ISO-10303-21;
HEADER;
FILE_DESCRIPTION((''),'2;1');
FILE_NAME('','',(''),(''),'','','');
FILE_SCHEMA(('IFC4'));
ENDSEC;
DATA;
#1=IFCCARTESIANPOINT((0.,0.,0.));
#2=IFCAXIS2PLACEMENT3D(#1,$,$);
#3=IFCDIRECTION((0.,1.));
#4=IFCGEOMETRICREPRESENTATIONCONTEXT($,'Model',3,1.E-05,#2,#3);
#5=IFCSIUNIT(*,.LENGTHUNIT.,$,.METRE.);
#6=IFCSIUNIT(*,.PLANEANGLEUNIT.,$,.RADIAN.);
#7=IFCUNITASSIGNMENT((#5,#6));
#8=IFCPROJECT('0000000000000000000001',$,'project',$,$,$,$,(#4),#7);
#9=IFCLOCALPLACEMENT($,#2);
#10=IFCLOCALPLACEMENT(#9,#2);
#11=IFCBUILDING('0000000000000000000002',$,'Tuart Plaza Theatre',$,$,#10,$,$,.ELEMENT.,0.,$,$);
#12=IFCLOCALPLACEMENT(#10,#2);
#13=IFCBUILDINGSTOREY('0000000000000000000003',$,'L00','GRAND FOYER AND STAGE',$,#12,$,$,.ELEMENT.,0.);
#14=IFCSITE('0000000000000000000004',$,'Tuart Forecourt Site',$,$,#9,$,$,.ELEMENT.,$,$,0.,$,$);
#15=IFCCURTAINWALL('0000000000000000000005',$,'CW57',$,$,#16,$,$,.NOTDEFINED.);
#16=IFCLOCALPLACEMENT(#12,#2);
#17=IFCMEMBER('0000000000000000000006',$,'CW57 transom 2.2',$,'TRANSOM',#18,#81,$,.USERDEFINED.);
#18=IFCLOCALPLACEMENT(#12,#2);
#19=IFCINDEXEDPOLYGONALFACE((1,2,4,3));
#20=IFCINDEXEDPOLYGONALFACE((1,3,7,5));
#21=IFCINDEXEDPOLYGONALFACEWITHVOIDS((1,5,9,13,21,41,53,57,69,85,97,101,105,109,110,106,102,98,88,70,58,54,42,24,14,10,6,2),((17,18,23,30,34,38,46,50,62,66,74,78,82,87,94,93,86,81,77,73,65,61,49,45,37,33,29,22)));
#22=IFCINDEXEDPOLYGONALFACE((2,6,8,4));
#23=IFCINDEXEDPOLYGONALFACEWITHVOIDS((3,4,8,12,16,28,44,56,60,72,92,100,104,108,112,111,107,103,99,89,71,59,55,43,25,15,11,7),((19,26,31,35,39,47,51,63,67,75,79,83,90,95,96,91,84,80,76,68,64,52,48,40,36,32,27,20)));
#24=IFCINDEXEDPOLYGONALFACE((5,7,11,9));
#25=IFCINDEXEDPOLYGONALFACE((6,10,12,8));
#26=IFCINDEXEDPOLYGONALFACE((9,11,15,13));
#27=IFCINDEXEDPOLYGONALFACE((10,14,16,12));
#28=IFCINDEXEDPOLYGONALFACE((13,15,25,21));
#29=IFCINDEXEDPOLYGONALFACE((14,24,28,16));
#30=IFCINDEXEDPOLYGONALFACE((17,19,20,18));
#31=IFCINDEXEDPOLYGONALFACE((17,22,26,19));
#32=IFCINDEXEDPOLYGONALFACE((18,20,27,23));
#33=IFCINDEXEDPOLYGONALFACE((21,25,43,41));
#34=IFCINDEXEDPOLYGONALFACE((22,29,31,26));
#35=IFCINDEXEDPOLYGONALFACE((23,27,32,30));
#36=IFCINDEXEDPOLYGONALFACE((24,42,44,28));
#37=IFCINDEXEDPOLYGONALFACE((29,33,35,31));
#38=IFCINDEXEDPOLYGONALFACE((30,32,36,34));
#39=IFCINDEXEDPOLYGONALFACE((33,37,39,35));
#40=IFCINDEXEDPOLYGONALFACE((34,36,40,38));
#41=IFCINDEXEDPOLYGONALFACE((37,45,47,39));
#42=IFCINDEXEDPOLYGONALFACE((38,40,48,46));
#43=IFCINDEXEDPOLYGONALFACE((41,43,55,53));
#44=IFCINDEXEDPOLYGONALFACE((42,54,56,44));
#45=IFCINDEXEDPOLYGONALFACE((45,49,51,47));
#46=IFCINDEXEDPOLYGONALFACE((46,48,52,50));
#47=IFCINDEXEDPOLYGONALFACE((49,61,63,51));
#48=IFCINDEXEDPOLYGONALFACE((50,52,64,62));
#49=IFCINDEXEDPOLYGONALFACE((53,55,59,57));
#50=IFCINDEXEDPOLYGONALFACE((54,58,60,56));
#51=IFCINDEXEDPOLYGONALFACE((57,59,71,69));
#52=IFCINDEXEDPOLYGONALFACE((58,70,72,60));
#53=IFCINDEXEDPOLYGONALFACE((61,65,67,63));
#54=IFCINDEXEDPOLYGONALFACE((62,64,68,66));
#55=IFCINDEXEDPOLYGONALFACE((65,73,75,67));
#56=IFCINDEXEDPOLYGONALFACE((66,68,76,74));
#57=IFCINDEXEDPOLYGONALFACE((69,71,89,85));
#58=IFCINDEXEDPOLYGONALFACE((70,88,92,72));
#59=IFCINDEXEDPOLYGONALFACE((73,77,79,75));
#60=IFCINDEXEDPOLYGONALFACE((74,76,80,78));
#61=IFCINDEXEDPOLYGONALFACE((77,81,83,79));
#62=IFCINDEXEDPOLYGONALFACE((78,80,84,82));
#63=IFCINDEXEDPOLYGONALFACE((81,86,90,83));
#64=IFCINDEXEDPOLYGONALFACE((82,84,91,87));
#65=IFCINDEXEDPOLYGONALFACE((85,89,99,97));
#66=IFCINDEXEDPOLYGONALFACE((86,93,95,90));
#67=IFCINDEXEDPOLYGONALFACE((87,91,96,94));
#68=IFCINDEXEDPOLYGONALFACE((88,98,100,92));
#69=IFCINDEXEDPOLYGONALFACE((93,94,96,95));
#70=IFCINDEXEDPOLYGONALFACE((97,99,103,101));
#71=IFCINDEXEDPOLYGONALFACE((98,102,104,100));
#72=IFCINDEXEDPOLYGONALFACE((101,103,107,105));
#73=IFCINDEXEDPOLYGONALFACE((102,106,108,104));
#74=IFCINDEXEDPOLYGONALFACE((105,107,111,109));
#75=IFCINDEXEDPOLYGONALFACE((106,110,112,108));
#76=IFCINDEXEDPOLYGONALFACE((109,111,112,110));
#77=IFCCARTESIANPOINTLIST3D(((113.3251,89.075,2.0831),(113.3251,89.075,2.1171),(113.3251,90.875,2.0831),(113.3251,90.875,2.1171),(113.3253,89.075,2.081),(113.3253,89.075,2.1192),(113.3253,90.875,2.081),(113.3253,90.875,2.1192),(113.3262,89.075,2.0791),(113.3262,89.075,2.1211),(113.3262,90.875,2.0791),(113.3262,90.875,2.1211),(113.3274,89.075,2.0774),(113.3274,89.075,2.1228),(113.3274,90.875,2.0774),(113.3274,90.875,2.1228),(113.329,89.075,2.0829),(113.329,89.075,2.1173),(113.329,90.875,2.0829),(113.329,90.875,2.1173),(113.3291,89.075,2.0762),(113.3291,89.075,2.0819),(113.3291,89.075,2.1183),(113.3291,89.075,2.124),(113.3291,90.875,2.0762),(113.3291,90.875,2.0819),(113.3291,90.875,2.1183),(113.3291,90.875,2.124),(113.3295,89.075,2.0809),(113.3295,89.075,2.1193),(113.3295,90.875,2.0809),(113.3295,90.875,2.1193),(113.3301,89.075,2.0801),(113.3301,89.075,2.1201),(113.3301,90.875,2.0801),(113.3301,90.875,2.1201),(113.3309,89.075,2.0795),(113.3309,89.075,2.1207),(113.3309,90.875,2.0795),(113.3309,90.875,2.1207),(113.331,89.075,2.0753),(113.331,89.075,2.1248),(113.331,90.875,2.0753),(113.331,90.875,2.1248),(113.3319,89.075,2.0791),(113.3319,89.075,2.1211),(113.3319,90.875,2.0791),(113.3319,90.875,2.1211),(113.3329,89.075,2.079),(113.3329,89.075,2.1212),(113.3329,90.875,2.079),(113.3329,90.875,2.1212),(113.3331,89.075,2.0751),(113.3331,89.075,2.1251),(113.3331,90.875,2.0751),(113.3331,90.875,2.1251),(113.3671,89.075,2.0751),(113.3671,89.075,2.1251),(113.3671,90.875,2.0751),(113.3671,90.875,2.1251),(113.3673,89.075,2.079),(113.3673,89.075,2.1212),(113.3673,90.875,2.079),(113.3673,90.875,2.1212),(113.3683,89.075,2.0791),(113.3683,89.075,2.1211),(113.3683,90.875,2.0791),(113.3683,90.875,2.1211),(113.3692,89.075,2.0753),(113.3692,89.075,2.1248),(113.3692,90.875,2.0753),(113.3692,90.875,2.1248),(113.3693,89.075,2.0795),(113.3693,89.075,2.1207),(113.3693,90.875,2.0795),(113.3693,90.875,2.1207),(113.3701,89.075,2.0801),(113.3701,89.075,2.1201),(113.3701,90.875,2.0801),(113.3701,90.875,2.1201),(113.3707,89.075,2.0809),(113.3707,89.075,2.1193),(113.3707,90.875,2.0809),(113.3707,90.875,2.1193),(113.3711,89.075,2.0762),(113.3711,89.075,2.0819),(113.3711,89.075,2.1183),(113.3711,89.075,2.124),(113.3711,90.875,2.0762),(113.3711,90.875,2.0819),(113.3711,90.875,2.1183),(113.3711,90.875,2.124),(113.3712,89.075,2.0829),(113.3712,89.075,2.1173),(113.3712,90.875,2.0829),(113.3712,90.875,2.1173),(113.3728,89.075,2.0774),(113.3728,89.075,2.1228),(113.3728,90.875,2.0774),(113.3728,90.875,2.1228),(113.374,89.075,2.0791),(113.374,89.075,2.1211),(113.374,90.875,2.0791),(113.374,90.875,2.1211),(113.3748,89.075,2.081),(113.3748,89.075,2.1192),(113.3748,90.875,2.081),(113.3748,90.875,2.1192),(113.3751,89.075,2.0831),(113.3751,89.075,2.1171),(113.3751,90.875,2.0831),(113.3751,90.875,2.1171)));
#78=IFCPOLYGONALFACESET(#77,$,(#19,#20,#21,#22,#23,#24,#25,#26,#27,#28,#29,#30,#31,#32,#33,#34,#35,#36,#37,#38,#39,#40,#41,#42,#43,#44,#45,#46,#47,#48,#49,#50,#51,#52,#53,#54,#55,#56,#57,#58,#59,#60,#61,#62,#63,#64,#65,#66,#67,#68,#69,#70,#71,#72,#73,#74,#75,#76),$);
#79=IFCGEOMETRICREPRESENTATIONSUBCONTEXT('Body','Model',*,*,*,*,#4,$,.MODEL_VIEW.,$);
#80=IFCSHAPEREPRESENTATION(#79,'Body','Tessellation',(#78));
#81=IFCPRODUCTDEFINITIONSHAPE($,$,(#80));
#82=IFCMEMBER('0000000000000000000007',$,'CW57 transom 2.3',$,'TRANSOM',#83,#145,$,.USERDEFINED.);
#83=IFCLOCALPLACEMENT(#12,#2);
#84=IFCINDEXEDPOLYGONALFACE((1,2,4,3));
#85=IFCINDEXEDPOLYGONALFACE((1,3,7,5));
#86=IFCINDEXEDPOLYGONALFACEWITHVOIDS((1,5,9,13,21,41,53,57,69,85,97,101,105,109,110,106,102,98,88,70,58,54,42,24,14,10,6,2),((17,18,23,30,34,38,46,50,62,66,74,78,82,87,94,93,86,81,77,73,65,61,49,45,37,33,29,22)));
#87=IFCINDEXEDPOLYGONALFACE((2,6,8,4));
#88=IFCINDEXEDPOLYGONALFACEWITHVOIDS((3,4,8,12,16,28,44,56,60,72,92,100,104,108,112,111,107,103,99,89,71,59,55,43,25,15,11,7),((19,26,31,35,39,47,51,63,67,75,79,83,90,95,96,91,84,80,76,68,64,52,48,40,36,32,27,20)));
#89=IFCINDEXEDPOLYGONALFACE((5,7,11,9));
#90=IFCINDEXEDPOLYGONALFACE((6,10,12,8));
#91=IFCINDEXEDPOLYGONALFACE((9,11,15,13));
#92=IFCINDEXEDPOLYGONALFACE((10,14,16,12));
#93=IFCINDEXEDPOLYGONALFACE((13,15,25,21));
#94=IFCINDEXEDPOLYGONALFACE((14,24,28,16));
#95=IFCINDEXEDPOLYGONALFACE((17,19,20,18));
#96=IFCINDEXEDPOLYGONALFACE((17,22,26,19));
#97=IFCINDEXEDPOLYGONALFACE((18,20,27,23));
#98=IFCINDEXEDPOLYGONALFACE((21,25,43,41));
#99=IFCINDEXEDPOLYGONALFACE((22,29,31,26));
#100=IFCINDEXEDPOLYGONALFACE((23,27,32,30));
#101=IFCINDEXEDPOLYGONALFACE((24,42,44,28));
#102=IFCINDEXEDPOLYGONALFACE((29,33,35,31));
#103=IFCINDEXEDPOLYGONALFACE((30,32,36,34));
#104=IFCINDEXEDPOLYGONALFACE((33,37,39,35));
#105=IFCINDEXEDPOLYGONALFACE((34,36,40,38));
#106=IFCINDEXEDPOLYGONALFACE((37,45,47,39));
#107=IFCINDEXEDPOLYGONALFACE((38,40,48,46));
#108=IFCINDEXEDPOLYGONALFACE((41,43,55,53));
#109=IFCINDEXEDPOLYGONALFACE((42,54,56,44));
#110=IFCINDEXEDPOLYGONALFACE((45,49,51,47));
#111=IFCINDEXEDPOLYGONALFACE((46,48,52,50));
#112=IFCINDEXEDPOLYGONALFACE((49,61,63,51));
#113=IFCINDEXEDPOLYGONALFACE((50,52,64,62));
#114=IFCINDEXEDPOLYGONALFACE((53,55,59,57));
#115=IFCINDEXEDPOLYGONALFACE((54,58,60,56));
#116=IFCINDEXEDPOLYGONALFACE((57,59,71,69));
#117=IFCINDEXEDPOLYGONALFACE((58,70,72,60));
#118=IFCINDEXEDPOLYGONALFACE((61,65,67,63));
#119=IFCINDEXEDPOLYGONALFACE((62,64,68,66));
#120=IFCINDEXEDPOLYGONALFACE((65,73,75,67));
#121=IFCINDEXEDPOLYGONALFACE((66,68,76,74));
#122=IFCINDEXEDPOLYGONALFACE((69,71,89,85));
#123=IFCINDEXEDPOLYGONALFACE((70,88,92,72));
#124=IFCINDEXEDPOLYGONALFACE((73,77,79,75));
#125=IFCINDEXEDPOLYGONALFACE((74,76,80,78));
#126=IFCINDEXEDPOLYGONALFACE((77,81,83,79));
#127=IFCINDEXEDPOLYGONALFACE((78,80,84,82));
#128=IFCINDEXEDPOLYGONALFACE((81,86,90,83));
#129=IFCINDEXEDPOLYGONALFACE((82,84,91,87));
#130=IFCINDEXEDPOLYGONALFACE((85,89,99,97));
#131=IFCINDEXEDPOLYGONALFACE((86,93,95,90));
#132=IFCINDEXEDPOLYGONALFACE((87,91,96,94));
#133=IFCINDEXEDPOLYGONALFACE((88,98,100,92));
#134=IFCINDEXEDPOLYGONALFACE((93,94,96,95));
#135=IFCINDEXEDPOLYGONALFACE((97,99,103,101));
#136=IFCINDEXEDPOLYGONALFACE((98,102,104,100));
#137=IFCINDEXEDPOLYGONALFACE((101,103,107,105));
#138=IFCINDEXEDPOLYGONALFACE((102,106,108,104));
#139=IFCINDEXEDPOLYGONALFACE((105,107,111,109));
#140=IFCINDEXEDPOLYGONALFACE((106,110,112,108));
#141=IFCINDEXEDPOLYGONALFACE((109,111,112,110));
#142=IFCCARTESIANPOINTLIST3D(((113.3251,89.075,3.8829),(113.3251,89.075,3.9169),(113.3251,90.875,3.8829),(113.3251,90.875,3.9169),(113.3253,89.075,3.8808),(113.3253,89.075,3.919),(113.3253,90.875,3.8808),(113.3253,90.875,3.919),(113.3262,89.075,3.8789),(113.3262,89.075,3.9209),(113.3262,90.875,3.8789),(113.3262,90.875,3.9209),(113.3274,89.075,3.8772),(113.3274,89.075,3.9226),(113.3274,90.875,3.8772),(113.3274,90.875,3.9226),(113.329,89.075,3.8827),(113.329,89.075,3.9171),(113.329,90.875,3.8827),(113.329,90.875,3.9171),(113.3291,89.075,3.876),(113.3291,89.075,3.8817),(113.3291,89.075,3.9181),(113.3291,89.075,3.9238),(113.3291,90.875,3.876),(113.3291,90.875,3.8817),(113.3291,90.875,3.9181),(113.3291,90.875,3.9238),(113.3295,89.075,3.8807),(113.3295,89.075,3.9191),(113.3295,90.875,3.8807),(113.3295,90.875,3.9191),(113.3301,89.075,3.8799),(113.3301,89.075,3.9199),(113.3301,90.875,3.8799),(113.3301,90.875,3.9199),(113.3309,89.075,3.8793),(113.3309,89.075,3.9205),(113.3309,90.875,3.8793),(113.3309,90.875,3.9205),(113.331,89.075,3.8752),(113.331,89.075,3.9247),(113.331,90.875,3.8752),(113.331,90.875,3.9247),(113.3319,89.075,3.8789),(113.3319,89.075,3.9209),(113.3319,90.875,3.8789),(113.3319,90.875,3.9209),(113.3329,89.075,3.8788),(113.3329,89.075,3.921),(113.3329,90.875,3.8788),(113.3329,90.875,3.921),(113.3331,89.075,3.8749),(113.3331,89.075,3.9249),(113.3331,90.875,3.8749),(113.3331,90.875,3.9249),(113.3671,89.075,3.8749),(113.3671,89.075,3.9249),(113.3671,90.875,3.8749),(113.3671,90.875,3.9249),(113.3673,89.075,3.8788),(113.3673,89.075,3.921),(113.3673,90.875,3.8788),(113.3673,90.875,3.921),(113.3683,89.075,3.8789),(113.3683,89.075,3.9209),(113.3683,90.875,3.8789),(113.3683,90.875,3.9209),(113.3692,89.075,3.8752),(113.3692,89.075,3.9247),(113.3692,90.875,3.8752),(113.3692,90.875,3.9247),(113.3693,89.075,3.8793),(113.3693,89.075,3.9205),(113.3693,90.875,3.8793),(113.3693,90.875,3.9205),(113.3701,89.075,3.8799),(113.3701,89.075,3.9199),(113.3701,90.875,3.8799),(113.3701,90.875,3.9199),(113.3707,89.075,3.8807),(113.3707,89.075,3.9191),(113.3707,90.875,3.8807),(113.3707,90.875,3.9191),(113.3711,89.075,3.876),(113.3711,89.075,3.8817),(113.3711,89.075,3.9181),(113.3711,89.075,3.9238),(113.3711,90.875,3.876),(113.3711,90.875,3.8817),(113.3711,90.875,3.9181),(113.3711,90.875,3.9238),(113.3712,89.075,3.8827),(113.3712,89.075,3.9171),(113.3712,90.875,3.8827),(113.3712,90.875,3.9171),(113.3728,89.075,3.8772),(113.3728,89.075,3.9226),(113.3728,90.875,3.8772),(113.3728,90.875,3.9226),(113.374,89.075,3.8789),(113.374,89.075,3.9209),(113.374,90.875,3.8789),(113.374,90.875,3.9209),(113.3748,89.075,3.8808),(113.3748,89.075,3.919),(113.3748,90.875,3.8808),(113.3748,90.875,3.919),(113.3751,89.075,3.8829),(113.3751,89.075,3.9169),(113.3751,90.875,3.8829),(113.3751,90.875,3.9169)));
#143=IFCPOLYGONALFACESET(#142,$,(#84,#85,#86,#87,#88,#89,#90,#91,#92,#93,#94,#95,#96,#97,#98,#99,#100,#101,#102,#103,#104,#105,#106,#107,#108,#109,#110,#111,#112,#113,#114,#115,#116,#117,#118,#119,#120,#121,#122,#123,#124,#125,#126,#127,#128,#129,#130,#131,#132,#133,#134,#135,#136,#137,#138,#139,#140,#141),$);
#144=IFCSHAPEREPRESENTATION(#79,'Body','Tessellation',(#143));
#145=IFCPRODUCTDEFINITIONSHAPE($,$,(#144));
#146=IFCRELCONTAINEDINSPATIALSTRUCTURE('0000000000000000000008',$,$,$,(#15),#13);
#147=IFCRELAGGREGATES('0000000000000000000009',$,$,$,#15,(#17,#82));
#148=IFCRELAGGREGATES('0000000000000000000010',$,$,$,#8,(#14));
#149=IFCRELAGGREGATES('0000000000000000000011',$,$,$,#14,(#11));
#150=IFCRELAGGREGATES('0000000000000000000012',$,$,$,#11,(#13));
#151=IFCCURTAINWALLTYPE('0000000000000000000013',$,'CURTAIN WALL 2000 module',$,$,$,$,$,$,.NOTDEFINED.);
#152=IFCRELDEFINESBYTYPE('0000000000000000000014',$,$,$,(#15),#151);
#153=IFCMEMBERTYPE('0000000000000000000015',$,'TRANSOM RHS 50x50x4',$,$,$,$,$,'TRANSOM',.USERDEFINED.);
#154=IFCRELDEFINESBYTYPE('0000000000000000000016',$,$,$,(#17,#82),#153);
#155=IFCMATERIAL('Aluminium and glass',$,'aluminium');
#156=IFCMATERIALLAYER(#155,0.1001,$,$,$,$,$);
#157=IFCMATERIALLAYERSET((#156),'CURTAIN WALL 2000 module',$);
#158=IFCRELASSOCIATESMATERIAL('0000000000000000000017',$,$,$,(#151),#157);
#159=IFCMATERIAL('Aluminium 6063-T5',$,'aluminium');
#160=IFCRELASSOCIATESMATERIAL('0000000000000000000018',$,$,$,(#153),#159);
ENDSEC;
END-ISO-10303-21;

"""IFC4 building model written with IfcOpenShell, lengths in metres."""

from ifc_helpers import new_model, si_unit, direction, frame, origin, origin_2d, place, context, subcontext, project, spatial, hollow_rectangle, extrude, material, layer, layer_set, material_profile, profile_set, type_object, element, aggregate, save


model = new_model("IFC4")

# Units and contexts
model_context = context("Model", 3, precision=1e-05, world=origin(), true_north=direction((0.0, 1.0)))
body_context = subcontext(model_context, "Body", "Model", "MODEL_VIEW")
ifc_project = project(units=[si_unit("LENGTHUNIT", "METRE"), si_unit("PLANEANGLEUNIT", "RADIAN")], contexts=[model_context])

# Site, building, storey
site_placement = place(None, origin())
site = spatial("IfcSite", under=ifc_project, at=site_placement, Name="Tuart Forecourt Site", CompositionType="ELEMENT", RefElevation=0.0)
building_placement = place(site_placement, origin())
building = spatial("IfcBuilding", under=site, at=building_placement, Name="Tuart Plaza Theatre", CompositionType="ELEMENT", ElevationOfRefHeight=0.0)
storey_placement = place(building_placement, origin())
storey = spatial("IfcBuildingStorey", under=building, at=storey_placement, Name="L00", Description="GRAND FOYER AND STAGE", CompositionType="ELEMENT", Elevation=0.0)

# Curtain wall, members
ifc_material_1 = material(Name="Aluminium and glass", Category="aluminium")
ifc_layer_1 = layer(ifc_material_1, 0.1001)
ifc_layer_set_1 = layer_set([ifc_layer_1], Name="CURTAIN WALL 2000 module")
curtain_wall_type_1 = type_object("IfcCurtainWallType", Name="CURTAIN WALL 2000 module", PredefinedType="NOTDEFINED", material=ifc_layer_set_1)
curtain_wall_1_placement = place(storey_placement, origin())
curtain_wall_1 = element("IfcCurtainWall", 1, at=curtain_wall_1_placement, inside=storey, type_object=curtain_wall_type_1, Name="CW57", PredefinedType="NOTDEFINED")
ifc_material_2 = material(Name="Aluminium 6063-T5", Category="aluminium")
ifc_material_profile_1 = material_profile(ifc_material_2, hollow_rectangle(XDim=0.05, YDim=0.05, WallThickness=0.0039, InnerFilletRadius=0.0039, OuterFilletRadius=0.0081, at=origin_2d()), Name="RHS 50x50x4")
ifc_profile_set_1 = profile_set([ifc_material_profile_1], Name="Aluminium 6063-T5")
member_type_1 = type_object("IfcMemberType", Name="TRANSOM RHS 50x50x4", ElementType="TRANSOM", PredefinedType="USERDEFINED", material=ifc_profile_set_1)
member_1_placement = place(storey_placement, frame((113.3501, 90.875, 2.1001), z_axis=(0.0, -1.0, 0.0), x_axis=(1.0, 0.0, 0.0)))
member_1 = element("IfcMember", 2, at=member_1_placement, type_object=member_type_1, Name="CW57 transom 2.2", ObjectType="TRANSOM", PredefinedType="USERDEFINED", context=body_context, shape_type="SweptSolid", body=[
    extrude(hollow_rectangle(XDim=0.05, YDim=0.05, WallThickness=0.0039, InnerFilletRadius=0.0039, OuterFilletRadius=0.0081, at=origin_2d()), origin(), (0.0, 0.0, 1.0), 1.8),
])
member_2_placement = place(storey_placement, frame((113.3501, 90.875, 3.8999), z_axis=(0.0, -1.0, 0.0), x_axis=(1.0, 0.0, 0.0)))
member_2 = element("IfcMember", 3, at=member_2_placement, type_object=member_type_1, Name="CW57 transom 2.3", ObjectType="TRANSOM", PredefinedType="USERDEFINED", context=body_context, shape_type="SweptSolid", body=[
    extrude(hollow_rectangle(XDim=0.05, YDim=0.05, WallThickness=0.0039, InnerFilletRadius=0.0039, OuterFilletRadius=0.0081, at=origin_2d()), origin(), (0.0, 0.0, 1.0), 1.8),
])
aggregate(curtain_wall_1, [member_1, member_2])

save(model, "model.ifc")
